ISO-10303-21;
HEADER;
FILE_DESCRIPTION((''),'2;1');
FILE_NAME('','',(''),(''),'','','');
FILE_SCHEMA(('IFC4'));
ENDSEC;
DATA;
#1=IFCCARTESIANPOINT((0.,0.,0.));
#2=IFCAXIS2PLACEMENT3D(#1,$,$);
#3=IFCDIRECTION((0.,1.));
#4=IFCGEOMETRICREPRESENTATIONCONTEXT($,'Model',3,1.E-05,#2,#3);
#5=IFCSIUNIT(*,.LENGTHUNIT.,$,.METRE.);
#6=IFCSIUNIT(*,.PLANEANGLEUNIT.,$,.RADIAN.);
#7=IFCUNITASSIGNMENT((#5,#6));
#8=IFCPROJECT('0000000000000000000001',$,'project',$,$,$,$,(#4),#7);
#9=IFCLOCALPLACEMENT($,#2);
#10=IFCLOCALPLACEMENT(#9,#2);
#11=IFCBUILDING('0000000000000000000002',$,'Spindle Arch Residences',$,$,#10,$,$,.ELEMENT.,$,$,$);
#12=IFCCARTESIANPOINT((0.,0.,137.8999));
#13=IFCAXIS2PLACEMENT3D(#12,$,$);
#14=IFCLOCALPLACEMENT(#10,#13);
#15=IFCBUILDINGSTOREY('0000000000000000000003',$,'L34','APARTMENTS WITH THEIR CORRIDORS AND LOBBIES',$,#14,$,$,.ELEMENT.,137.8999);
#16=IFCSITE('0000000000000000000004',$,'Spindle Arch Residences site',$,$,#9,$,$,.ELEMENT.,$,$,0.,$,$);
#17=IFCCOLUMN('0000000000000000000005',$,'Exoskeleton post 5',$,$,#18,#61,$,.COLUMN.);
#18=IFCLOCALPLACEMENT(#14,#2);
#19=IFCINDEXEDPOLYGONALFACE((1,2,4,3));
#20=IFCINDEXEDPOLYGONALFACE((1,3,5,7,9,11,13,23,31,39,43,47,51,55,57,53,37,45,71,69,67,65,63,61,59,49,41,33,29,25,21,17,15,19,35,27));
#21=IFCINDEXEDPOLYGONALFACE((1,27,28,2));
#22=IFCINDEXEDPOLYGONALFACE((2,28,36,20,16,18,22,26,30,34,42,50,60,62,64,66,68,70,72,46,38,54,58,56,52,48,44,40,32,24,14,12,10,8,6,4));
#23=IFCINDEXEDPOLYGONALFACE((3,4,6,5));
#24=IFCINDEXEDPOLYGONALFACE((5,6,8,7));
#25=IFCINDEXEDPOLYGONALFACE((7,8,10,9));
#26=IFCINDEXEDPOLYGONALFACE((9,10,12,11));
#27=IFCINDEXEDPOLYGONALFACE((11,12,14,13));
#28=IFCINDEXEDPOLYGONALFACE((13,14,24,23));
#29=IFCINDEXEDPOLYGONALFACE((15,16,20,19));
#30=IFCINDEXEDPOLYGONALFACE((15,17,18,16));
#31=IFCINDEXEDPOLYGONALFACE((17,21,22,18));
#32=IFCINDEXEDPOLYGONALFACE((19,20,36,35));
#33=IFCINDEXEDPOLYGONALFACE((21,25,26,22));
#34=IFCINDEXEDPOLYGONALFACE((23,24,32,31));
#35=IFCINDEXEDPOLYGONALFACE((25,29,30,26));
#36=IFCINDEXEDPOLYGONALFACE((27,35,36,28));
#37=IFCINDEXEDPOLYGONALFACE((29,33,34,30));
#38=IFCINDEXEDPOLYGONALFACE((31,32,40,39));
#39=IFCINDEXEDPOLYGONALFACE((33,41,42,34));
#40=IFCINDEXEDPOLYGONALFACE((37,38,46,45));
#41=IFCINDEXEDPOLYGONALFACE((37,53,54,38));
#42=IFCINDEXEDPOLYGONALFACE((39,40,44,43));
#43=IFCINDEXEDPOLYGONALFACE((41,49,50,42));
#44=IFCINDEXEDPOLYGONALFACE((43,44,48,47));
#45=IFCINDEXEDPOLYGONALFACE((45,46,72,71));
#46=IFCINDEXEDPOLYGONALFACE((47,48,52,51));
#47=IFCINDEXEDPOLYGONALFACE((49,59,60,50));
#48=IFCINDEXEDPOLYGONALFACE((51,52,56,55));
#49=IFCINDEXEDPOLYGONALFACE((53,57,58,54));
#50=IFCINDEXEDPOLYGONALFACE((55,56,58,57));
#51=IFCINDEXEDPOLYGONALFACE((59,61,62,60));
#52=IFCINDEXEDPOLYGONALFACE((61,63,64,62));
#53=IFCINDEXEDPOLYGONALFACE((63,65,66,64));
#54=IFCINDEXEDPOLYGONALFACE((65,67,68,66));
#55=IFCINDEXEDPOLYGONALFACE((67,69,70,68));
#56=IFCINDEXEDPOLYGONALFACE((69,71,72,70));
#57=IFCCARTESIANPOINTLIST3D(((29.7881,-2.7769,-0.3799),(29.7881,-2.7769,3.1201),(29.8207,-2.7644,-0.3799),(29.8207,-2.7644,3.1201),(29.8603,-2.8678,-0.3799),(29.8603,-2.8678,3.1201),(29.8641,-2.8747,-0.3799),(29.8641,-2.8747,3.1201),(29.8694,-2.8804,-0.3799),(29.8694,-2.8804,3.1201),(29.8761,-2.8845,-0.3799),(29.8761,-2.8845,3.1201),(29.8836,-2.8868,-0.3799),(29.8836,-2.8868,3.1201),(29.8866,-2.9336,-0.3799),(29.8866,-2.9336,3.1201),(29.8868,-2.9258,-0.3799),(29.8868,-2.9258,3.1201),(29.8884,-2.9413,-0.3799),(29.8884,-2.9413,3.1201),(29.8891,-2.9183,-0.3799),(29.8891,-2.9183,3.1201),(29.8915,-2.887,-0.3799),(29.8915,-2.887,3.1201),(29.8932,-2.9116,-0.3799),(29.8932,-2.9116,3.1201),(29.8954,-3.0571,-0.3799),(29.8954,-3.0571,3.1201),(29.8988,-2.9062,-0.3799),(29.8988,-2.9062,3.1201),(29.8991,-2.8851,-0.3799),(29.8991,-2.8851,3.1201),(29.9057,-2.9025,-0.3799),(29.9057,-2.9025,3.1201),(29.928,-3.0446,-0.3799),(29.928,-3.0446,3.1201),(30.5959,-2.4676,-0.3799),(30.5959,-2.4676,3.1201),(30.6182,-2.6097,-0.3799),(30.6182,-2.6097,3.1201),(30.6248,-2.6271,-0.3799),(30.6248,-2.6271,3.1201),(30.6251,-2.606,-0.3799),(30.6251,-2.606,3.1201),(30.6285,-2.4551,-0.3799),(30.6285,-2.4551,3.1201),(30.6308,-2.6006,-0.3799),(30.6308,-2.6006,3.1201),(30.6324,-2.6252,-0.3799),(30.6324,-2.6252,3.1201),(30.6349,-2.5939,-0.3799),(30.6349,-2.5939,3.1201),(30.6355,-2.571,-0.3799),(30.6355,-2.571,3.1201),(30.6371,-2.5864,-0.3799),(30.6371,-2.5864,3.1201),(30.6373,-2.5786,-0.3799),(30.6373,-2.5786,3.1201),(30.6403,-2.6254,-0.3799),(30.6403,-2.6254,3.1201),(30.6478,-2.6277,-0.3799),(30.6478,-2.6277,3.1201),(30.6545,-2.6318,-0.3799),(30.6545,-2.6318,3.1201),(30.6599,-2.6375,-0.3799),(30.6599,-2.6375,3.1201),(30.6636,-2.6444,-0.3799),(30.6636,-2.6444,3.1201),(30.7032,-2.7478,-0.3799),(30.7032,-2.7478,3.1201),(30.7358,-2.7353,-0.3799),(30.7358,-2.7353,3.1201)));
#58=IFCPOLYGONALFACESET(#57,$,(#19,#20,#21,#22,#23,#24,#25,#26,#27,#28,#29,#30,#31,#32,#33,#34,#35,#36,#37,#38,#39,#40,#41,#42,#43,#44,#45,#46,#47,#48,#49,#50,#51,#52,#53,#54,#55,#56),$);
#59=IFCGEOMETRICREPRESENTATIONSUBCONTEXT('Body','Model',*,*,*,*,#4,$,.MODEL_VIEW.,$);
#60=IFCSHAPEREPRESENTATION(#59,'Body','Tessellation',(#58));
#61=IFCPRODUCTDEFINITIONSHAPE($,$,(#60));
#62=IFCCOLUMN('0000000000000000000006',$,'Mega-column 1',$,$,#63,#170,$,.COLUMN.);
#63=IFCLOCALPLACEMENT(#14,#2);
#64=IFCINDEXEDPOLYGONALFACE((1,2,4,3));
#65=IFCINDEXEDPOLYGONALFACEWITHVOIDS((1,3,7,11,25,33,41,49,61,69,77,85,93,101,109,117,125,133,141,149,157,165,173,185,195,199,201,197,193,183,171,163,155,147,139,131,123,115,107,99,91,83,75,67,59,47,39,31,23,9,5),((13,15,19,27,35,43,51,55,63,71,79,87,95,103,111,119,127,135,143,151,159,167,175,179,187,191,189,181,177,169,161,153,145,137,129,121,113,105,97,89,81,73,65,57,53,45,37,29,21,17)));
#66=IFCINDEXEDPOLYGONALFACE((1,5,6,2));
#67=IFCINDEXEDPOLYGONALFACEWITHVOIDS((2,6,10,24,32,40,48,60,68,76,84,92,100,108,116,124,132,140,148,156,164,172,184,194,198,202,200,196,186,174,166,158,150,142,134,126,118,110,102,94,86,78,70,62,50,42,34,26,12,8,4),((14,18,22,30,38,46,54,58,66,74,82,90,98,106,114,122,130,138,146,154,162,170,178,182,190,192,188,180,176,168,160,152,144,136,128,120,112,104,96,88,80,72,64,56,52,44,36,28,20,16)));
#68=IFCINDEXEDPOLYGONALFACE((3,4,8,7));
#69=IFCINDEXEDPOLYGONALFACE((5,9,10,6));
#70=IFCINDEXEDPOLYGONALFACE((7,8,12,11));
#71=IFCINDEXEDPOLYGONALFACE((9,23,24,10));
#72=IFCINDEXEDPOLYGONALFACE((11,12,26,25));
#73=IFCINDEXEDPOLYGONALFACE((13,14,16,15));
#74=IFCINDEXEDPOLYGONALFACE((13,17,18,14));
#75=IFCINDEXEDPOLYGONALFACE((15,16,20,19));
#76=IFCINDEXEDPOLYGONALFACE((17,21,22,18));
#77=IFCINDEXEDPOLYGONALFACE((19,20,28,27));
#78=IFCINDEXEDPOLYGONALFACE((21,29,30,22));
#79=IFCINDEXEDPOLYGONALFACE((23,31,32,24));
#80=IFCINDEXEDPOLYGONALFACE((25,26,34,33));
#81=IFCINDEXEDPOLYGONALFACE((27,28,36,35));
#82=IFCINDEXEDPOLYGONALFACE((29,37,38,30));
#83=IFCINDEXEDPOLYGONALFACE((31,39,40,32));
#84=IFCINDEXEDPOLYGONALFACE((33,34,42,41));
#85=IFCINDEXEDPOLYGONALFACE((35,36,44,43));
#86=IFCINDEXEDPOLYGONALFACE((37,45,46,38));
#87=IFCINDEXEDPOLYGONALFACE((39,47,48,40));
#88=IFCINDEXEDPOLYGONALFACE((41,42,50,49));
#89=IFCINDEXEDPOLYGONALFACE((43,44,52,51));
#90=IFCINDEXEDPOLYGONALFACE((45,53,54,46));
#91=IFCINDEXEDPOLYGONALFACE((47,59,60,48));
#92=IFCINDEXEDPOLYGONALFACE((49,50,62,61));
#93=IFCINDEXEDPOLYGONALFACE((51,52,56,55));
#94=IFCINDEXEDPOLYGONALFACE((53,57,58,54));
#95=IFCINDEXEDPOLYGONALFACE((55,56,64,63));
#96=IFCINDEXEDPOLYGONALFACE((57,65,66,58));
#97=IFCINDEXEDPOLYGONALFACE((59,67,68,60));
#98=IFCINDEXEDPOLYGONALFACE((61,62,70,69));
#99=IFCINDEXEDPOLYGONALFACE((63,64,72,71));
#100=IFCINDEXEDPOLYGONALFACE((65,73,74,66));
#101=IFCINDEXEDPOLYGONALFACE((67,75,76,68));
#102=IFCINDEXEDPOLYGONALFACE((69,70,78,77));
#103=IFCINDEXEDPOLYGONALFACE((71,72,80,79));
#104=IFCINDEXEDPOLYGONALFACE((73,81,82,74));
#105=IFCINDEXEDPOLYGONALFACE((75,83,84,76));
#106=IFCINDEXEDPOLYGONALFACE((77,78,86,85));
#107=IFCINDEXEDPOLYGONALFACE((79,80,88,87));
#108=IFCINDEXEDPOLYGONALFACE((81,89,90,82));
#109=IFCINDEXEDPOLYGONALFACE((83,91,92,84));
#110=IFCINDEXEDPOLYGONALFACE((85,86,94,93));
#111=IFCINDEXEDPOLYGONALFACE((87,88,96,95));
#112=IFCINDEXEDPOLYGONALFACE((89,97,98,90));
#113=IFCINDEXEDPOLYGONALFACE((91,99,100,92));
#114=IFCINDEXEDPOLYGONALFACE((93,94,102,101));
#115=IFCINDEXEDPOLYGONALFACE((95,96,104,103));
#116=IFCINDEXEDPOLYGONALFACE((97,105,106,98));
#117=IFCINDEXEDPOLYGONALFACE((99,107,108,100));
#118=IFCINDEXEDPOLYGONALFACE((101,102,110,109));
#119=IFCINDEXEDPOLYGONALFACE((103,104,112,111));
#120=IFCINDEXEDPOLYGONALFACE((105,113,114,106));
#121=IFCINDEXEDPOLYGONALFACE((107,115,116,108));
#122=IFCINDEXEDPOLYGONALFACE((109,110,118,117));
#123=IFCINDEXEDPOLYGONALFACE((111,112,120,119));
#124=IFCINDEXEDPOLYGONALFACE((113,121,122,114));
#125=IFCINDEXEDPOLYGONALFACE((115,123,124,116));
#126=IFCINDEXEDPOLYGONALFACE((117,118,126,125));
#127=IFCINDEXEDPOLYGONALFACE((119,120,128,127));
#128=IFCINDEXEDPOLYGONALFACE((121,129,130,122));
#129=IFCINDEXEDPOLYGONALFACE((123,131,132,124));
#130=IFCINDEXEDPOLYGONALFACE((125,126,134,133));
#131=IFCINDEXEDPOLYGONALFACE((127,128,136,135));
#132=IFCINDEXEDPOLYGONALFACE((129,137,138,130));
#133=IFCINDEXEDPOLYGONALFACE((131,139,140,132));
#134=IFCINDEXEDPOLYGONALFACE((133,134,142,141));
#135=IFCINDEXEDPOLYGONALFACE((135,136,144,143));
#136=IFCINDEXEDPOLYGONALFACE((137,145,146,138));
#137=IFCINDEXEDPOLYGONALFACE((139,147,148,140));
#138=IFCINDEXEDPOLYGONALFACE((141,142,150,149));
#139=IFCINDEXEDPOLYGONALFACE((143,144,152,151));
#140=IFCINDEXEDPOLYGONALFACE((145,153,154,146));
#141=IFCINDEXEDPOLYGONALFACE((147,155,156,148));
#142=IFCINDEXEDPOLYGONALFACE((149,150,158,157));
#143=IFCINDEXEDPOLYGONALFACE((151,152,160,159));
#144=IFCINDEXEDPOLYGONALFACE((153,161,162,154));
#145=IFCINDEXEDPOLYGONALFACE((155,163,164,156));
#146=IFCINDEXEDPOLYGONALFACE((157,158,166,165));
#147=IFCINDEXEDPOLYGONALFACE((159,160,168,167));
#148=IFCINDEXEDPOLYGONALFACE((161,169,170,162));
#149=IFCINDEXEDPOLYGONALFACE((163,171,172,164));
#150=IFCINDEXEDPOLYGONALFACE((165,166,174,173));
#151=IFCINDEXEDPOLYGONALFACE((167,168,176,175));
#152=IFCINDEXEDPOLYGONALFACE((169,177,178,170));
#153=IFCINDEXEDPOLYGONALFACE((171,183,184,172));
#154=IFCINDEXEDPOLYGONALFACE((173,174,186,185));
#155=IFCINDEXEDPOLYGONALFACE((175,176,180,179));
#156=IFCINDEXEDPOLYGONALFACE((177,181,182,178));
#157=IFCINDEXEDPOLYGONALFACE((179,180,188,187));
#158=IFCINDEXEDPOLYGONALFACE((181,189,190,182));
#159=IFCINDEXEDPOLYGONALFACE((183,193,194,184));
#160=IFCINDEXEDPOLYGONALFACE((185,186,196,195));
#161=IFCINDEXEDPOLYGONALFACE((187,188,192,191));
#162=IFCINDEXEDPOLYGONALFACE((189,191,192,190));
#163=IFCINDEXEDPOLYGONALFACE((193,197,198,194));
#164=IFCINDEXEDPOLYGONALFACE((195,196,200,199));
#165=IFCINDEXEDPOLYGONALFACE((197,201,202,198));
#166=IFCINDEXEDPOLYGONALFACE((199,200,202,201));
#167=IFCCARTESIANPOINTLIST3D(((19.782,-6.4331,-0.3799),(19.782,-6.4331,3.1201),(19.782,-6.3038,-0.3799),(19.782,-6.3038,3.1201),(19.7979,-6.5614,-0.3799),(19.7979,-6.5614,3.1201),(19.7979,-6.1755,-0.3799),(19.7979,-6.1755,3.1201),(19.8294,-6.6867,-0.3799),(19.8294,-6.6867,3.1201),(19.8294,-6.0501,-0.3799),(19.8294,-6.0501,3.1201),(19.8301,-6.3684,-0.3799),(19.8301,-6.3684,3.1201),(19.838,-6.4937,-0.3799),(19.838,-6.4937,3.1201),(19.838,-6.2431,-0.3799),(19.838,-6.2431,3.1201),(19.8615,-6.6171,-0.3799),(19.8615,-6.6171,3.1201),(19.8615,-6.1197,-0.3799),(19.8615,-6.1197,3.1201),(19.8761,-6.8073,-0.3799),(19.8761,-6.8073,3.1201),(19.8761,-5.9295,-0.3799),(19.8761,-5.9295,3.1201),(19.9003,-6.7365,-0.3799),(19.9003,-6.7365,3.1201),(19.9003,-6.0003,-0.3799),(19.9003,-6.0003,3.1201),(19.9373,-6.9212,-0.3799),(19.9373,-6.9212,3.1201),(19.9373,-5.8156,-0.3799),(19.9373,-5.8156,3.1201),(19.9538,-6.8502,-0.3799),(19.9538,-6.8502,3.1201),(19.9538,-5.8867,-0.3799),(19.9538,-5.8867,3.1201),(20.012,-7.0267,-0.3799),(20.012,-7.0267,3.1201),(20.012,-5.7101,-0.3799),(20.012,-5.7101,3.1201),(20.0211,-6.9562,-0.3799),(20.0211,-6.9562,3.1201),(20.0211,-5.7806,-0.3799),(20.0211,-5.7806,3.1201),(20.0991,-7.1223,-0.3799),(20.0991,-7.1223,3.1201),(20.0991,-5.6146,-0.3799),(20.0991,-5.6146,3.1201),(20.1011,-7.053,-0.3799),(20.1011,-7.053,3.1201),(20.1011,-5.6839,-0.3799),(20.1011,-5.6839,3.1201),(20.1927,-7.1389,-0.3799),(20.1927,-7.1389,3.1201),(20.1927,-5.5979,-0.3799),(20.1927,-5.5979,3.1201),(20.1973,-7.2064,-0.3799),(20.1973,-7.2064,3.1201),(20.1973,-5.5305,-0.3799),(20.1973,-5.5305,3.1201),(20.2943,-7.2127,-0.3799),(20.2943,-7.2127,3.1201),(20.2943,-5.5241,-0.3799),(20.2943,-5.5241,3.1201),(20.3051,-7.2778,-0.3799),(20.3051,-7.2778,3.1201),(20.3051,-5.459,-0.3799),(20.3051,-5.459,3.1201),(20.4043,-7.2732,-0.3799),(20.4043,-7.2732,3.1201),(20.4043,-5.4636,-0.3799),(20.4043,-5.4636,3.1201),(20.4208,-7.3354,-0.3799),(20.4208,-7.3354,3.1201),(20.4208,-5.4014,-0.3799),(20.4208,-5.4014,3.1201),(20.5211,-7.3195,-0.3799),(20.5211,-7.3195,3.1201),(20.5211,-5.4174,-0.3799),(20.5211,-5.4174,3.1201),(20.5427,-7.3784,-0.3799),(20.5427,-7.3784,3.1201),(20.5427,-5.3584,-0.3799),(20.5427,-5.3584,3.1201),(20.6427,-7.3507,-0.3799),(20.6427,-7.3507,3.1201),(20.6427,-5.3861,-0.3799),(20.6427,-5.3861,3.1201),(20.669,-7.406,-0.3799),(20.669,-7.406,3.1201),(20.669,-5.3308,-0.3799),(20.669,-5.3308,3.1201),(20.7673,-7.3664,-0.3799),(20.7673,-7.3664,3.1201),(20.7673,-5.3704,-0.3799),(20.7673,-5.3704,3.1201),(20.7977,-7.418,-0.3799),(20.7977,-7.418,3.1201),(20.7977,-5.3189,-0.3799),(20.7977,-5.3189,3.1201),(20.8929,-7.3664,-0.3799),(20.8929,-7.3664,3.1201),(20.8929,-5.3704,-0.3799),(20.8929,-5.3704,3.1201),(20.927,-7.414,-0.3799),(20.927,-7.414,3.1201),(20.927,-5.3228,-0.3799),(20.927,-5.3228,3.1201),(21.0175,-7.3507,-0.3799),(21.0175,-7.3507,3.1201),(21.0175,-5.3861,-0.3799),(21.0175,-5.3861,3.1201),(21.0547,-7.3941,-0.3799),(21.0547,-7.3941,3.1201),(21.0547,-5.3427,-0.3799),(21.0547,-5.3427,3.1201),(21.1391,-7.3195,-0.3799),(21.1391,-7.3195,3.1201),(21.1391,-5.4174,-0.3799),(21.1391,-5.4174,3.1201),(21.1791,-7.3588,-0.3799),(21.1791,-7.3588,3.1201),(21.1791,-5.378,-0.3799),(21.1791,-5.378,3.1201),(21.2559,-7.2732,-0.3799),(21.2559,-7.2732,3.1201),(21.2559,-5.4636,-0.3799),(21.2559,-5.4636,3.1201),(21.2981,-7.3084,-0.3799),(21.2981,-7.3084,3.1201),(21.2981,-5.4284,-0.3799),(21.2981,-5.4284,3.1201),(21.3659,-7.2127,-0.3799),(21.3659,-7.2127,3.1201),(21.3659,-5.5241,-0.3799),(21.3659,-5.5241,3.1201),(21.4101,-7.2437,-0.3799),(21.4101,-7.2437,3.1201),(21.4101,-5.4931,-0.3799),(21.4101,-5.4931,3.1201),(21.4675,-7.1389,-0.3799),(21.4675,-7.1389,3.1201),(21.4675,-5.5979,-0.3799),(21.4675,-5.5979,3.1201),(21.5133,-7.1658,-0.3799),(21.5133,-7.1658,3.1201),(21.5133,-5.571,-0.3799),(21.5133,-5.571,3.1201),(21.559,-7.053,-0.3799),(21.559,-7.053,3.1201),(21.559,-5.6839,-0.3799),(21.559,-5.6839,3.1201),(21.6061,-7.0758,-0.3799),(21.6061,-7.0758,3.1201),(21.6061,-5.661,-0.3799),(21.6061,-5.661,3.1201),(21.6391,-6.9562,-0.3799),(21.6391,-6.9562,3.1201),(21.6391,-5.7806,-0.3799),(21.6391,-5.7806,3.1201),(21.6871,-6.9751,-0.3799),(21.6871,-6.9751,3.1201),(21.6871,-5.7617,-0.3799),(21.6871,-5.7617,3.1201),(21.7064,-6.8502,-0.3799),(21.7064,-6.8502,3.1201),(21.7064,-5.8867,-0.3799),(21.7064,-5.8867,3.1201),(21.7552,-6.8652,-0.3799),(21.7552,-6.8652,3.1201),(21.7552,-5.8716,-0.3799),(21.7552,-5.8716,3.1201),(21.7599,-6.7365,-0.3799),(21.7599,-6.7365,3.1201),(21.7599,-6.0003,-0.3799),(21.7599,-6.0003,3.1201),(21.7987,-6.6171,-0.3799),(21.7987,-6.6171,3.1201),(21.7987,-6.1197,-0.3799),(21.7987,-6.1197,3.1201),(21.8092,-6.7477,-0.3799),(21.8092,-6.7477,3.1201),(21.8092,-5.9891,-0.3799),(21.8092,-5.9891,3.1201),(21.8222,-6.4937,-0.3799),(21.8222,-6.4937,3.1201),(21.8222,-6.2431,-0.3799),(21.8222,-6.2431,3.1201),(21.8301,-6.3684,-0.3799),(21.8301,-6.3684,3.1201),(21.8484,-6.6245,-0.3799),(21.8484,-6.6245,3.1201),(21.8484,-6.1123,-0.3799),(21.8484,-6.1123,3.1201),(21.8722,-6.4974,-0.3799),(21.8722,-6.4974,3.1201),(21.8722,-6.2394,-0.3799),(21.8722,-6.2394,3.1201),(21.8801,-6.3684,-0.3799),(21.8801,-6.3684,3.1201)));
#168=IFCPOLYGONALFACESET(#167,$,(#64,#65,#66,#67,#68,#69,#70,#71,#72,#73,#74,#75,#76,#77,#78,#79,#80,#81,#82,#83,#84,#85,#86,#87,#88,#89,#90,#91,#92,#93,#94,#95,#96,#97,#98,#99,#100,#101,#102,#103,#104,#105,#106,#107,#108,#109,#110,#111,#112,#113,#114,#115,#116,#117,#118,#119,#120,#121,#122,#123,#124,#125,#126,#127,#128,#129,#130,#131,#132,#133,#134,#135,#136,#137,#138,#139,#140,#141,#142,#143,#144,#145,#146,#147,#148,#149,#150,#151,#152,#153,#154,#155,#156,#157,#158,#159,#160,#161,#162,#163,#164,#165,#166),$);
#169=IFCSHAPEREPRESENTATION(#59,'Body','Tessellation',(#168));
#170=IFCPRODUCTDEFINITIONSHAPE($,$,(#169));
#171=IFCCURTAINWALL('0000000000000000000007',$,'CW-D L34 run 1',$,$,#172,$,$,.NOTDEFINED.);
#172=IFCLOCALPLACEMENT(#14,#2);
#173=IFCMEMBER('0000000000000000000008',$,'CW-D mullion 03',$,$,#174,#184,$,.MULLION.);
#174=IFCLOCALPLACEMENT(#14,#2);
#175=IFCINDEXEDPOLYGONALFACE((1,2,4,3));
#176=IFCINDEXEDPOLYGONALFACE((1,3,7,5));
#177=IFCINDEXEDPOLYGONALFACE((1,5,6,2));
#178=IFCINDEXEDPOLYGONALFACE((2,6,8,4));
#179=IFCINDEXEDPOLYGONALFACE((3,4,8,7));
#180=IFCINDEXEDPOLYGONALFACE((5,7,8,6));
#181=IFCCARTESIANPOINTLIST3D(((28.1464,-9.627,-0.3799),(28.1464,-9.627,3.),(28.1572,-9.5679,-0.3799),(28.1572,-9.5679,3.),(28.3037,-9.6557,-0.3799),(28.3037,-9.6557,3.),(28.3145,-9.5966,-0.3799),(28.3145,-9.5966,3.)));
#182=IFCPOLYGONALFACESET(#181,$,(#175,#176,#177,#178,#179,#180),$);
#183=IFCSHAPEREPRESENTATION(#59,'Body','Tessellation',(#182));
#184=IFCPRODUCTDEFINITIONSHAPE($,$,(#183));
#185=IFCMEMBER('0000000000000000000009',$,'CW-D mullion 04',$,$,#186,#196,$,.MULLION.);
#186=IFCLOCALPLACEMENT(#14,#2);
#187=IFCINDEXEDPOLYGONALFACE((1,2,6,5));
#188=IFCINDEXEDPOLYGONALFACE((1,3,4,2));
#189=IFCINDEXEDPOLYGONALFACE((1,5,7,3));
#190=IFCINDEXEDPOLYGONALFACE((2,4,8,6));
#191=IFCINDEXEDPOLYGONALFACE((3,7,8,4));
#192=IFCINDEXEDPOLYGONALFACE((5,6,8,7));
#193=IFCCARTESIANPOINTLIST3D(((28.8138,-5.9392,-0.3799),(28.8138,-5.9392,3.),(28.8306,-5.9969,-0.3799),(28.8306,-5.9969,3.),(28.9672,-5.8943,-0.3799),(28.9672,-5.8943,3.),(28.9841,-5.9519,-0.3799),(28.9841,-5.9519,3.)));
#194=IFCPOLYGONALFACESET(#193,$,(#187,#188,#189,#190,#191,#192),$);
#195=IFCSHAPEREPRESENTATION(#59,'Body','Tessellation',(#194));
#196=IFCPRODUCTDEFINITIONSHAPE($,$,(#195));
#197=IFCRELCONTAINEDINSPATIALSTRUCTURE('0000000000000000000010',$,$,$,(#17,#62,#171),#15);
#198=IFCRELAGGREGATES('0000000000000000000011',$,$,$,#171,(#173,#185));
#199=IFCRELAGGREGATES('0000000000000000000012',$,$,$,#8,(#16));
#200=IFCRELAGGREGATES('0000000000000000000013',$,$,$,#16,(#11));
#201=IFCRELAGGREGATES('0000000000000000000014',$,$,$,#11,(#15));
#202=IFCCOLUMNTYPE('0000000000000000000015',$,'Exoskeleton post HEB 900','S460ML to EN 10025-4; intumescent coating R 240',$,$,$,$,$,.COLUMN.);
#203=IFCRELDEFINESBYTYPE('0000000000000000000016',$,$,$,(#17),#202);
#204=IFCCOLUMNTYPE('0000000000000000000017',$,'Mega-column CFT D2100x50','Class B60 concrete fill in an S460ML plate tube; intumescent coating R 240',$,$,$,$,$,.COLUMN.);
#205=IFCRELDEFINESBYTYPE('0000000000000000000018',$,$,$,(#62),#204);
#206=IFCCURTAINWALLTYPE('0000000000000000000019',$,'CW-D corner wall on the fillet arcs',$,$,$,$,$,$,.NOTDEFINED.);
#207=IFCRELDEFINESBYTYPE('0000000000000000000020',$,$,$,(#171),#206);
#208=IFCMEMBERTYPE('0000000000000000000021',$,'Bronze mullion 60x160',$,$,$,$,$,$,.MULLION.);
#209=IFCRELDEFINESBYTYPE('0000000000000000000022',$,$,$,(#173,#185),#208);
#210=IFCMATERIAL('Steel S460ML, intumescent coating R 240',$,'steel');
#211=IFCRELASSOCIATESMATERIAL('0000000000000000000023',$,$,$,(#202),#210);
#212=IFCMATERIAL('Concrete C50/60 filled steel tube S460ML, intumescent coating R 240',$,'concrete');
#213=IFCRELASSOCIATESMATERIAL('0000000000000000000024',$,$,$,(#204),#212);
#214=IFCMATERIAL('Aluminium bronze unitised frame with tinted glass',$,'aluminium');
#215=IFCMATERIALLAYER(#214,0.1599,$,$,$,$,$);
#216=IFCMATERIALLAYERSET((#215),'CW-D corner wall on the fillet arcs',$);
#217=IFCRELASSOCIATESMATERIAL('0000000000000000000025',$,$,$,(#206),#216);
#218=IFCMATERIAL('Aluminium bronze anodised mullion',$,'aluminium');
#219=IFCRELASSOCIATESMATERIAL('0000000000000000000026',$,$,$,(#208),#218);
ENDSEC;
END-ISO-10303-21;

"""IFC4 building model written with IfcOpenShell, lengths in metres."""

from ifc_helpers import new_model, si_unit, direction, frame, origin, origin_2d, place, context, subcontext, project, spatial, rectangle, hollow_circle, i_section, extrude, material, layer, layer_set, material_profile, profile_set, type_object, element, aggregate, save


model = new_model("IFC4")

# Units and contexts
model_context = context("Model", 3, precision=1e-05, world=origin(), true_north=direction((0.0, 1.0)))
body_context = subcontext(model_context, "Body", "Model", "MODEL_VIEW")
ifc_project = project(units=[si_unit("LENGTHUNIT", "METRE"), si_unit("PLANEANGLEUNIT", "RADIAN")], contexts=[model_context])

# Site, building, storey
site_placement = place(None, origin())
site = spatial("IfcSite", under=ifc_project, at=site_placement, Name="Spindle Arch Residences site", CompositionType="ELEMENT", RefElevation=0.0)
building_placement = place(site_placement, origin())
building = spatial("IfcBuilding", under=site, at=building_placement, Name="Spindle Arch Residences", CompositionType="ELEMENT")
storey_placement = place(building_placement, frame((0.0, 0.0, 137.8999)))
storey = spatial("IfcBuildingStorey", under=building, at=storey_placement, Name="L34", Description="APARTMENTS WITH THEIR CORRIDORS AND LOBBIES", CompositionType="ELEMENT", Elevation=137.8999)

# Columns
ifc_material_1 = material(Name="Steel S460ML, intumescent coating R 240", Category="steel")
ifc_material_profile_1 = material_profile(ifc_material_1, i_section(OverallWidth=0.3, OverallDepth=0.8999, WebThickness=0.0186, FlangeThickness=0.0349, FilletRadius=0.03, at=origin_2d()), Name="HEB 900")
ifc_profile_set_1 = profile_set([ifc_material_profile_1], Name="Steel S460ML, intumescent coating R 240")
column_type_1 = type_object("IfcColumnType", Name="Exoskeleton post HEB 900", Description="S460ML to EN 10025-4; intumescent coating R 240", PredefinedType="COLUMN", material=ifc_profile_set_1)
column_1_placement = place(storey_placement, frame((30.262, -2.7561, -0.3799), z_axis=(0.0, 0.0, 1.0), x_axis=(0.357665, -0.93385, 0.0)))
element("IfcColumn", 1, at=column_1_placement, inside=storey, type_object=column_type_1, Name="Exoskeleton post 5", PredefinedType="COLUMN", context=body_context, shape_type="SweptSolid", body=[
    extrude(i_section(OverallWidth=0.3, OverallDepth=0.8999, WebThickness=0.0186, FlangeThickness=0.0349, FilletRadius=0.03, at=origin_2d()), origin(), (0.0, 0.0, 1.0), 3.5),
])
ifc_material_2 = material(Name="Concrete C50/60 filled steel tube S460ML, intumescent coating R 240", Category="concrete")
ifc_material_profile_2 = material_profile(ifc_material_2, hollow_circle(Radius=1.05, WallThickness=0.05, at=origin_2d()), Name="CFT D2100x50")
ifc_profile_set_2 = profile_set([ifc_material_profile_2], Name="Concrete C50/60 filled steel tube S460ML, intumescent coating R 240")
column_type_2 = type_object("IfcColumnType", Name="Mega-column CFT D2100x50", Description="Class B60 concrete fill in an S460ML plate tube; intumescent coating R 240", PredefinedType="COLUMN", material=ifc_profile_set_2)
column_2_placement = place(storey_placement, frame((20.8301, -6.3684, -0.3799), z_axis=(0.0, 0.0, 1.0), x_axis=(1.0, 0.0, 0.0)))
element("IfcColumn", 2, at=column_2_placement, inside=storey, type_object=column_type_2, Name="Mega-column 1", PredefinedType="COLUMN", context=body_context, shape_type="SweptSolid", body=[
    extrude(hollow_circle(Radius=1.05, WallThickness=0.05, at=origin_2d()), origin(), (0.0, 0.0, 1.0), 3.5),
])

# Curtain wall, members
ifc_material_3 = material(Name="Aluminium bronze unitised frame with tinted glass", Category="aluminium")
ifc_layer_1 = layer(ifc_material_3, 0.1599)
ifc_layer_set_1 = layer_set([ifc_layer_1], Name="CW-D corner wall on the fillet arcs")
curtain_wall_type = type_object("IfcCurtainWallType", Name="CW-D corner wall on the fillet arcs", PredefinedType="NOTDEFINED", material=ifc_layer_set_1)
curtain_wall_placement = place(storey_placement, origin())
curtain_wall = element("IfcCurtainWall", 3, at=curtain_wall_placement, inside=storey, type_object=curtain_wall_type, Name="CW-D L34 run 1", PredefinedType="NOTDEFINED")
ifc_material_4 = material(Name="Aluminium bronze anodised mullion", Category="aluminium")
ifc_material_profile_3 = material_profile(ifc_material_4, rectangle(XDim=0.1599, YDim=0.0601, at=origin_2d()), Name="MU 60x160")
ifc_profile_set_3 = profile_set([ifc_material_profile_3], Name="Aluminium bronze anodised mullion")
member_type_1 = type_object("IfcMemberType", Name="Bronze mullion 60x160", PredefinedType="MULLION", material=ifc_profile_set_3)
member_1_placement = place(storey_placement, frame((28.2305, -9.6118, -0.3799), z_axis=(0.0, 0.0, 1.0), x_axis=(-0.983781, 0.179375, 0.0)))
member_1 = element("IfcMember", 4, at=member_1_placement, type_object=member_type_1, Name="CW-D mullion 03", PredefinedType="MULLION", context=body_context, shape_type="SweptSolid", body=[
    extrude(rectangle(XDim=0.1599, YDim=0.0601, at=origin_2d()), origin(), (0.0, 0.0, 1.0), 3.3799),
])
member_2_placement = place(storey_placement, frame((28.8989, -5.9456, -0.3799), z_axis=(0.0, 0.0, 1.0), x_axis=(-0.959642, -0.281225, 0.0)))
member_2 = element("IfcMember", 5, at=member_2_placement, type_object=member_type_1, Name="CW-D mullion 04", PredefinedType="MULLION", context=body_context, shape_type="SweptSolid", body=[
    extrude(rectangle(XDim=0.1599, YDim=0.0601, at=origin_2d()), origin(), (0.0, 0.0, 1.0), 3.3799),
])

aggregate(curtain_wall, [member_1, member_2])

save(model, "model.ifc")
